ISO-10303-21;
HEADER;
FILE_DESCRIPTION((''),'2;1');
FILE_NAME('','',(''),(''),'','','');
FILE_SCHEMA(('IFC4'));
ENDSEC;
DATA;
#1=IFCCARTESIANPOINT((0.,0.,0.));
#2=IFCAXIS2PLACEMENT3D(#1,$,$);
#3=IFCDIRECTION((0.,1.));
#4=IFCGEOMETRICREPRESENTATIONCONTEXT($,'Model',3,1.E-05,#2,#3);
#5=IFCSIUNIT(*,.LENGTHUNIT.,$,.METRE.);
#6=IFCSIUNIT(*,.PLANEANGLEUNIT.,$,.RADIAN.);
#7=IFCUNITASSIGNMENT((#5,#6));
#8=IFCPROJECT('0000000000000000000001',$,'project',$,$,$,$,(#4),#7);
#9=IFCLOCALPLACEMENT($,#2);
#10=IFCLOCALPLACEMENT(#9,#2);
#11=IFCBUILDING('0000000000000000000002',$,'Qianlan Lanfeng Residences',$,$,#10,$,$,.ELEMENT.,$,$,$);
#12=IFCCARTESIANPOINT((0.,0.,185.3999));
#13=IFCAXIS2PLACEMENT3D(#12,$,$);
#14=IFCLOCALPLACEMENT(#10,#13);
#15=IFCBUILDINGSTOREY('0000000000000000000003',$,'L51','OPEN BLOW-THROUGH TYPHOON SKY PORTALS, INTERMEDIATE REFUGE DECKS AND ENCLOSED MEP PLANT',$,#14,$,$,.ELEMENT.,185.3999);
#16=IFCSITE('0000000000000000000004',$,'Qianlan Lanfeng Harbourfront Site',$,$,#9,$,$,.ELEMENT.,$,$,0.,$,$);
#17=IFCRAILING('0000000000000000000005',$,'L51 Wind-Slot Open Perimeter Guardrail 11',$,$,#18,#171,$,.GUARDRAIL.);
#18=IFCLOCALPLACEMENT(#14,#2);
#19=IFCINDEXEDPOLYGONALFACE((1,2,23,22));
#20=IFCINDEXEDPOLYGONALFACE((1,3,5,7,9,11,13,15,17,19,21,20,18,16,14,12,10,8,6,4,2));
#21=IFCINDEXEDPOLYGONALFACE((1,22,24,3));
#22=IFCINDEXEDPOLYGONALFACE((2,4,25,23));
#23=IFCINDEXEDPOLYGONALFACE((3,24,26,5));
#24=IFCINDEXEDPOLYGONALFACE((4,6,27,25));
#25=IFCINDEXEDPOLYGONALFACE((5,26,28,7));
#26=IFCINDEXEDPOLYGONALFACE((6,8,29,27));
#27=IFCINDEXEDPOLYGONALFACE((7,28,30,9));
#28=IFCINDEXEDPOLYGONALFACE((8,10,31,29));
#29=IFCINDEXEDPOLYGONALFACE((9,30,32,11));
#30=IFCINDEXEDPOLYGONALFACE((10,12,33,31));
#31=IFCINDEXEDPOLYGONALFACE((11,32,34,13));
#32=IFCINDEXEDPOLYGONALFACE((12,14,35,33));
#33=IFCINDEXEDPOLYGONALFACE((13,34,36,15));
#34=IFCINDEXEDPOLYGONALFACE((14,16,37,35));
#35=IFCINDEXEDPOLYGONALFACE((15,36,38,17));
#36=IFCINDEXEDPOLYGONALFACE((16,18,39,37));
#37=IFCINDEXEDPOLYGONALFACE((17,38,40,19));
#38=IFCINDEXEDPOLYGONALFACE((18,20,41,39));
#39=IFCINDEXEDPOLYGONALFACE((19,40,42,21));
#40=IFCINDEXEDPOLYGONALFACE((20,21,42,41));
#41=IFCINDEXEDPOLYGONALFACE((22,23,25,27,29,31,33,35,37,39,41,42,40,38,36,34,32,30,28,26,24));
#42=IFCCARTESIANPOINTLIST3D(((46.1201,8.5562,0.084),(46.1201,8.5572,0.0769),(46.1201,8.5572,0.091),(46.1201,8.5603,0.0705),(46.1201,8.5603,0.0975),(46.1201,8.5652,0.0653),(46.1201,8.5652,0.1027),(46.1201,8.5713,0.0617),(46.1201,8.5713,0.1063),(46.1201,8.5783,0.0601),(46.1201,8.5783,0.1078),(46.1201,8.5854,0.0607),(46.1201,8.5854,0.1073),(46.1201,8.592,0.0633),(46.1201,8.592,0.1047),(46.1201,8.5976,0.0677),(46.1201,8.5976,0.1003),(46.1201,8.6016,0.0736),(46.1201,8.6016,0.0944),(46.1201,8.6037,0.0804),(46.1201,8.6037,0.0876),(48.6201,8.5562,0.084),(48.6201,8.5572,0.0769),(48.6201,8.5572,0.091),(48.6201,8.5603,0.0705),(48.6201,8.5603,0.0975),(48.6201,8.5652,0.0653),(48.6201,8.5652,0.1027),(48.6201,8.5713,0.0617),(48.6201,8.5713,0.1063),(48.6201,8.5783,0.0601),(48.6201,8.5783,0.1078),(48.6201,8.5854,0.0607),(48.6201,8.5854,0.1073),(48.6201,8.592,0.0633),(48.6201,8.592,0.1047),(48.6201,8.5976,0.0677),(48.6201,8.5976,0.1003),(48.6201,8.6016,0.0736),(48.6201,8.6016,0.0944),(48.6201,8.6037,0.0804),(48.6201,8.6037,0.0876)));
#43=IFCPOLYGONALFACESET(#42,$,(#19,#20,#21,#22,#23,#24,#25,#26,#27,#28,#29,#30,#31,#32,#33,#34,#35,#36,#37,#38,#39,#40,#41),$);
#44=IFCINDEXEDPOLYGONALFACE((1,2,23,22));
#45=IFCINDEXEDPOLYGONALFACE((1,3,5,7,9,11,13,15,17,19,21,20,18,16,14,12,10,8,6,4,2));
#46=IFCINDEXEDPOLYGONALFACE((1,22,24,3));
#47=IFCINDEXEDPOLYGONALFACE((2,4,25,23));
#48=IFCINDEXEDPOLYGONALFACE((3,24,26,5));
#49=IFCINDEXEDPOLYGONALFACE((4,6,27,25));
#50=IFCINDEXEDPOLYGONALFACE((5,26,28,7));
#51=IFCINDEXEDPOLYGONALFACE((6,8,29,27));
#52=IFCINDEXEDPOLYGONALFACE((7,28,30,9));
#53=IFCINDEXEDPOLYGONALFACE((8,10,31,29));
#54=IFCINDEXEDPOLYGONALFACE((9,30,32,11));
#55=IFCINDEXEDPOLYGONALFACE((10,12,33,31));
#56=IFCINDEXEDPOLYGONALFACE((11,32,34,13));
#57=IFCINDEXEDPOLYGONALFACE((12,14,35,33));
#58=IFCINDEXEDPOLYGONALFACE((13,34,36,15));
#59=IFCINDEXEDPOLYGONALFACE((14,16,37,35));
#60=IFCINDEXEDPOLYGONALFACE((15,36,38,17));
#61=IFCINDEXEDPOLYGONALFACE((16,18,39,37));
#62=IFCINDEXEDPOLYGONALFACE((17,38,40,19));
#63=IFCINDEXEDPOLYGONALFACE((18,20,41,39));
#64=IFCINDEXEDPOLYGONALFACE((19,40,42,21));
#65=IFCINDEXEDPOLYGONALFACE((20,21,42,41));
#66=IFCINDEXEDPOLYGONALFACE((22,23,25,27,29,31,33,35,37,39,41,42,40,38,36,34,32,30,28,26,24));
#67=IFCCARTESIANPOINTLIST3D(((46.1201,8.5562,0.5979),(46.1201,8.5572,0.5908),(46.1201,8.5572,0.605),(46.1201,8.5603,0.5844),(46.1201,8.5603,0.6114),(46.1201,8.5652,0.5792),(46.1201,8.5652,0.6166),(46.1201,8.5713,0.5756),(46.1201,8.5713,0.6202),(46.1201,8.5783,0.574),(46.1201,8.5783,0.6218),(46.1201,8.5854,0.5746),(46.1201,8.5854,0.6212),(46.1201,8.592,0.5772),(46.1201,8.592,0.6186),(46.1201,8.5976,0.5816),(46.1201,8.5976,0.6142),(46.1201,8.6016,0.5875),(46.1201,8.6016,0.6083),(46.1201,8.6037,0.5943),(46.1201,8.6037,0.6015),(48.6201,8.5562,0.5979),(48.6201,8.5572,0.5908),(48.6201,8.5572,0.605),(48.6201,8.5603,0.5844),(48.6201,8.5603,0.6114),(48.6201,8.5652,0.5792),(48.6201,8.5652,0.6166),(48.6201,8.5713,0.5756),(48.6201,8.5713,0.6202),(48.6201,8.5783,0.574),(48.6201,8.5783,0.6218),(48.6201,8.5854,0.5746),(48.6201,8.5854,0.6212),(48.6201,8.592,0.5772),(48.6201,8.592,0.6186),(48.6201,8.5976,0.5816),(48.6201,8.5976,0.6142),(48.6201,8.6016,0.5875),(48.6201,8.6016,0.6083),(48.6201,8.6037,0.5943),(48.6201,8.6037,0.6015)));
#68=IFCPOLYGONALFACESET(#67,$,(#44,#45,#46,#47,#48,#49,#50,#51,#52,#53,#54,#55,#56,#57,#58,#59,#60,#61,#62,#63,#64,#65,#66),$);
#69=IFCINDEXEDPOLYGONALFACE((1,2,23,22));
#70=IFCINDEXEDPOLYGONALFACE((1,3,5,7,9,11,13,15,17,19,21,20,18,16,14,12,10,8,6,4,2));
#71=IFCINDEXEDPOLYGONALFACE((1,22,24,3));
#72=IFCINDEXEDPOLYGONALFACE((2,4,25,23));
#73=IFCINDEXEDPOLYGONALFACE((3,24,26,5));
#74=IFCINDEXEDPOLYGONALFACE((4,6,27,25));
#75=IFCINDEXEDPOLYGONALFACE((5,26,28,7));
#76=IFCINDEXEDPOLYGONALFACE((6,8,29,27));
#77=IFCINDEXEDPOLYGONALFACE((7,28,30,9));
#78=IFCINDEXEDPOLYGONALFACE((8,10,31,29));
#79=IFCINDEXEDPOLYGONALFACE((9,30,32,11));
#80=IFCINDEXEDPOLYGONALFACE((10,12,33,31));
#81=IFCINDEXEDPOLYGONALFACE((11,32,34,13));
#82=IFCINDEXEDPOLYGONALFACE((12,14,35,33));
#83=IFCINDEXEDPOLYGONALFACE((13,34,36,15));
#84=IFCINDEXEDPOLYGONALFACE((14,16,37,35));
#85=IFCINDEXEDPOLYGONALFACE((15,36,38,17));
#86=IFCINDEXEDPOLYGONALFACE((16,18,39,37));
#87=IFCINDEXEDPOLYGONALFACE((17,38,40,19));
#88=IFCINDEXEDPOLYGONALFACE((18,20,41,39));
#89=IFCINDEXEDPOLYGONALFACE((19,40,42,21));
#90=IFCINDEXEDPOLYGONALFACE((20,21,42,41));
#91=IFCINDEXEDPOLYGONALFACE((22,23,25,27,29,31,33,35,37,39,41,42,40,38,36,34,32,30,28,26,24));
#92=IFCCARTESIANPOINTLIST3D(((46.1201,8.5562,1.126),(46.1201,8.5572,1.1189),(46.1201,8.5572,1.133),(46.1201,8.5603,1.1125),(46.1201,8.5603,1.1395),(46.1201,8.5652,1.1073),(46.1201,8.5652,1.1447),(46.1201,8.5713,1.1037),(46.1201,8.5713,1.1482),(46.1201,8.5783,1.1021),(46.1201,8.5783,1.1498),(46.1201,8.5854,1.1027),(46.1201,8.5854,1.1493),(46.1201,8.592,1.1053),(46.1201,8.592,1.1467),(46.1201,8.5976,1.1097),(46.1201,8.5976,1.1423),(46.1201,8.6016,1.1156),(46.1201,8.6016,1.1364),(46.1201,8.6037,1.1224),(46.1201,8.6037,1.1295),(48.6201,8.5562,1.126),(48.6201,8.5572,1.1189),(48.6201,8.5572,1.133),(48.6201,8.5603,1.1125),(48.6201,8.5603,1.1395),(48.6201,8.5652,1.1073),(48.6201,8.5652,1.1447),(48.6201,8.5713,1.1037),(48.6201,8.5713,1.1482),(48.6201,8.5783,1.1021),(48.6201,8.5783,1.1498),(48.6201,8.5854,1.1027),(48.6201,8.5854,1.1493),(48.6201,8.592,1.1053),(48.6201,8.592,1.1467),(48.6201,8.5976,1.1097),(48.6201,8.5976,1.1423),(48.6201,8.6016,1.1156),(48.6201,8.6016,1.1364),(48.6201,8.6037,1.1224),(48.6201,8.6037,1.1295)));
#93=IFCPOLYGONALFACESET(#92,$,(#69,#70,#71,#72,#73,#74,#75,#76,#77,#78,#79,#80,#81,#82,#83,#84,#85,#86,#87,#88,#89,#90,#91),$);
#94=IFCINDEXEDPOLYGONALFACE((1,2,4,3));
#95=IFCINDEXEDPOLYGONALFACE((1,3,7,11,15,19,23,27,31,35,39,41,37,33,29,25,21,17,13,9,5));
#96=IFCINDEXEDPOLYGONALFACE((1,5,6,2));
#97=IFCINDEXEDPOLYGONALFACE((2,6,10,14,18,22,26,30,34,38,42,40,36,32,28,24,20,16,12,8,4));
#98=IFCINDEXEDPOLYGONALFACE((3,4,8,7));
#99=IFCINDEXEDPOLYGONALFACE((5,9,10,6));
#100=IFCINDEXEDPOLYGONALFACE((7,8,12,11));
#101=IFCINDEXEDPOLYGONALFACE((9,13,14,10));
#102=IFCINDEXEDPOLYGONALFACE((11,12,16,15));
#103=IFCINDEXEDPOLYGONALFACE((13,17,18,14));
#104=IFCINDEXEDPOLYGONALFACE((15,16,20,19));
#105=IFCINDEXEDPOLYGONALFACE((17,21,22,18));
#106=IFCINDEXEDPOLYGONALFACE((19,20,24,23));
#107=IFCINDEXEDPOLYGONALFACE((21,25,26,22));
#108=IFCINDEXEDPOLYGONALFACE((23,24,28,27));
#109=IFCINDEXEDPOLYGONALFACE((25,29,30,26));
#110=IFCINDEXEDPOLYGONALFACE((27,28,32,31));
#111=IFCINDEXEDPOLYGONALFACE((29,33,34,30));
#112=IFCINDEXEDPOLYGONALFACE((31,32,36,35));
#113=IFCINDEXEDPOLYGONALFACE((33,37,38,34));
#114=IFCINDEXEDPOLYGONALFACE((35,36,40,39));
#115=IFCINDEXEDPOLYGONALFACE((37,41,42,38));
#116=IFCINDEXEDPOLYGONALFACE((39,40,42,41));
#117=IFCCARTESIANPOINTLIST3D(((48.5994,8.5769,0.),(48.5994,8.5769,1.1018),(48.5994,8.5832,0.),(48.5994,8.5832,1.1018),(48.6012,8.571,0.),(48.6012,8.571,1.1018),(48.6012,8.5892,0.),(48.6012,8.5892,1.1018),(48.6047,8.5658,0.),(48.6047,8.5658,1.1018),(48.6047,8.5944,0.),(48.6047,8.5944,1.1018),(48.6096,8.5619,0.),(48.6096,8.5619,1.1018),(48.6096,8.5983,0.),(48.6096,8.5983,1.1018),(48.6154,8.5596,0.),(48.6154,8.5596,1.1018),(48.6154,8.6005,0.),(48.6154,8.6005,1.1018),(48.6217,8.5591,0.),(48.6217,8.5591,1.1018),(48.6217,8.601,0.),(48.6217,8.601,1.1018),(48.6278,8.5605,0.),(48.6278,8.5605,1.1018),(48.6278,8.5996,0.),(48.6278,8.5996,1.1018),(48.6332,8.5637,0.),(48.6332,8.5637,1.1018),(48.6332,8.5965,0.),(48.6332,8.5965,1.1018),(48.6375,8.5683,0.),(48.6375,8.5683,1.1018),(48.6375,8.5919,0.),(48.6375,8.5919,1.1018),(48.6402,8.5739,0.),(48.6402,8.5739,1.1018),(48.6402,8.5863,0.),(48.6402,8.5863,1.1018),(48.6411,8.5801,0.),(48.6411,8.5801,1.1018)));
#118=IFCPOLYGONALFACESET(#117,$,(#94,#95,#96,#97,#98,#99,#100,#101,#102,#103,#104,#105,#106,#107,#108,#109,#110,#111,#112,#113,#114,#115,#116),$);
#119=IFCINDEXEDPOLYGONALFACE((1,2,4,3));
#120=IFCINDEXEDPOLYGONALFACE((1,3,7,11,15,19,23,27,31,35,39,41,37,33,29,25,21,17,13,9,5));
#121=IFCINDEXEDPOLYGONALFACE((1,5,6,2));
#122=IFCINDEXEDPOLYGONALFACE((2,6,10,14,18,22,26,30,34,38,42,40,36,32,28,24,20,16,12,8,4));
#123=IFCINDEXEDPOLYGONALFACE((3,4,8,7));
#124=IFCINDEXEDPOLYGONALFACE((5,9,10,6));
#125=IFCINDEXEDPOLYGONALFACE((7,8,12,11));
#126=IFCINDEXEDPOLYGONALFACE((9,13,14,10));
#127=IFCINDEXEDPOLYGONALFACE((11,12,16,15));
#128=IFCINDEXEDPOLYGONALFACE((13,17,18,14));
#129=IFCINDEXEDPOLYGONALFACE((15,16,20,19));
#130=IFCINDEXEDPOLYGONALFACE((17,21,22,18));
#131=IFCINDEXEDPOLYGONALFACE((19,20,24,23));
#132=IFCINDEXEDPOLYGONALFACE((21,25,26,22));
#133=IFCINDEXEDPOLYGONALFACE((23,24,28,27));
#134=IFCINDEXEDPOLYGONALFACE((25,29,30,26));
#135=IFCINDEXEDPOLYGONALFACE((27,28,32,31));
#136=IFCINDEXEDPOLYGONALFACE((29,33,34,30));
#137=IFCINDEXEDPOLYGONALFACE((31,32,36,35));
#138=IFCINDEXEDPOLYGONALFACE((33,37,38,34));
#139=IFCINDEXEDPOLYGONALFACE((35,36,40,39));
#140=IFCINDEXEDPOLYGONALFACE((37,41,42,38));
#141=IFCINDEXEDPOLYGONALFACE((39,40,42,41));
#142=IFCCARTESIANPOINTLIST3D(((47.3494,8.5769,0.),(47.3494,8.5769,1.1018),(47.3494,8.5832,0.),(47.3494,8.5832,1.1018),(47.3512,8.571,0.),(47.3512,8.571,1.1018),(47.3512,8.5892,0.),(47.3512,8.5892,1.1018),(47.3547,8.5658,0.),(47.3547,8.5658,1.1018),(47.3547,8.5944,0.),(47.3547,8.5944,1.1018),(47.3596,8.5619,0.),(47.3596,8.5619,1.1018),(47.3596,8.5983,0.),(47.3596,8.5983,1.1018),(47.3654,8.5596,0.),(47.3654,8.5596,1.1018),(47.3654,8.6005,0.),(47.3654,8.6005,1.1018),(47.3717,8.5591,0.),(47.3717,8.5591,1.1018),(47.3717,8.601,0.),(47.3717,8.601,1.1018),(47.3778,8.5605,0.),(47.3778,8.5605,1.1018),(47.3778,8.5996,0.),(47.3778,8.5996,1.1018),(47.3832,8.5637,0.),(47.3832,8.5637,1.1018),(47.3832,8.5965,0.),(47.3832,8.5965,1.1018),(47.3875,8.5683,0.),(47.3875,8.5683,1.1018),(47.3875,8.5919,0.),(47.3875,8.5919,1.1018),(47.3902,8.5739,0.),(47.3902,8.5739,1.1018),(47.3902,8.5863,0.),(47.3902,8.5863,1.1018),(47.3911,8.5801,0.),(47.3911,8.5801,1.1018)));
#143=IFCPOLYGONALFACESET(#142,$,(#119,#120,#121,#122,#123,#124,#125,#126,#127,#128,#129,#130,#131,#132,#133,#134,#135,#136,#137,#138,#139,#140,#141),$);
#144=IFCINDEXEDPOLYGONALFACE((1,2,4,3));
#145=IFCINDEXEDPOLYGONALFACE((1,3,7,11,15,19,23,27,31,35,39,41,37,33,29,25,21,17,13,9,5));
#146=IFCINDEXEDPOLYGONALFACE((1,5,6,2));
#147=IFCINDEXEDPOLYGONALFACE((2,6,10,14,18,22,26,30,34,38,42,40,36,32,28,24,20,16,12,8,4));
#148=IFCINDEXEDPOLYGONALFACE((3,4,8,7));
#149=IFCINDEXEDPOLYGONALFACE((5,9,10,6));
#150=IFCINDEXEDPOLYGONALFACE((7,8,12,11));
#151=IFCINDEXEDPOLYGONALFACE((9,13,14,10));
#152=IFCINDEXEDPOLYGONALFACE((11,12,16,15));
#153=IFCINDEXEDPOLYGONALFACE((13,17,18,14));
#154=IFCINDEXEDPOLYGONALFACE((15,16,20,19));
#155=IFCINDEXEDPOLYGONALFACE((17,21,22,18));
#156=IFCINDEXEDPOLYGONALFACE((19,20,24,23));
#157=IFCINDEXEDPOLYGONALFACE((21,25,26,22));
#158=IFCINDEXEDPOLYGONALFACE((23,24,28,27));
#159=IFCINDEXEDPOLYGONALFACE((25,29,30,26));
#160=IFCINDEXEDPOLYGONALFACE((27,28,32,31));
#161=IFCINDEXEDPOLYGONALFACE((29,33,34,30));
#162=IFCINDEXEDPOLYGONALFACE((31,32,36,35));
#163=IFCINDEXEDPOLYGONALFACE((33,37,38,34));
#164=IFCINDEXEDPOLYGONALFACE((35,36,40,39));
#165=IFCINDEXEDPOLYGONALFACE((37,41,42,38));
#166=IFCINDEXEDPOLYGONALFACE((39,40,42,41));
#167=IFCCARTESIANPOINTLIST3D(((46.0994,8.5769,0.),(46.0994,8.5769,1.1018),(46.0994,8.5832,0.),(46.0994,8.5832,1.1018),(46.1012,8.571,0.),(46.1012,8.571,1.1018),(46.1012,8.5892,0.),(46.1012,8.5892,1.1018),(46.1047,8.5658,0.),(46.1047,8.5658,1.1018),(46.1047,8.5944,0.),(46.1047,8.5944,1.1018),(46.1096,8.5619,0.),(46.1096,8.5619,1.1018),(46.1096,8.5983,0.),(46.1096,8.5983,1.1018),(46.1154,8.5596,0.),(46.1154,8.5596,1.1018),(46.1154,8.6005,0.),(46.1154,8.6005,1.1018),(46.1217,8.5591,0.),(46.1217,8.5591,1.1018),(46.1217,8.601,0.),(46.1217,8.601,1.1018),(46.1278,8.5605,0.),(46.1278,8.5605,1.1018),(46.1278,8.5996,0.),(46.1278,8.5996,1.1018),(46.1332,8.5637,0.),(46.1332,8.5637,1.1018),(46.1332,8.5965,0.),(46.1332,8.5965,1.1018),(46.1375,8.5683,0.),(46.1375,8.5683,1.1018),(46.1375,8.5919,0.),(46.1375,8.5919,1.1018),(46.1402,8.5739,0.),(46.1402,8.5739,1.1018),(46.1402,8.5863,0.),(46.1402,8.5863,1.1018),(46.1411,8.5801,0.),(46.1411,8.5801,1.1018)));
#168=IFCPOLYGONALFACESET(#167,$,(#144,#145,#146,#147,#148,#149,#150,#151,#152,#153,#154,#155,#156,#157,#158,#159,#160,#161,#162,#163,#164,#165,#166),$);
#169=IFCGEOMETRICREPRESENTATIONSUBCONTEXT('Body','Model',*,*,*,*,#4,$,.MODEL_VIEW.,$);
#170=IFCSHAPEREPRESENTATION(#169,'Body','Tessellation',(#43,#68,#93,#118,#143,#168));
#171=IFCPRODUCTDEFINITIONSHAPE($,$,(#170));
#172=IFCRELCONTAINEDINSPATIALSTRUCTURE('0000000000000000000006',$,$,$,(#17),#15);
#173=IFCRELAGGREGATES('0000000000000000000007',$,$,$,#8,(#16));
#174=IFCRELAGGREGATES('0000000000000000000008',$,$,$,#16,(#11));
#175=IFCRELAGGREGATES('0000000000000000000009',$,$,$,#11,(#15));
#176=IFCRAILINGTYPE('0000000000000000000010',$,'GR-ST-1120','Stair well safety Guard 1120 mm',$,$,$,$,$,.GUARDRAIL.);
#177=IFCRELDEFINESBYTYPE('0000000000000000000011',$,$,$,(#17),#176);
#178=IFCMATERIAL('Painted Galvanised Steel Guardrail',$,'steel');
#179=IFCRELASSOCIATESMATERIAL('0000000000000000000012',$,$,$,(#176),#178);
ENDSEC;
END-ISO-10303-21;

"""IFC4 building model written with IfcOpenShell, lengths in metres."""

from ifc_helpers import new_model, si_unit, direction, frame, origin, origin_2d, place, context, subcontext, project, spatial, circle, extrude, material, type_object, element, save


model = new_model("IFC4")

# Units and contexts
model_context = context("Model", 3, precision=1e-05, world=origin(), true_north=direction((0.0, 1.0)))
body_context = subcontext(model_context, "Body", "Model", "MODEL_VIEW")
ifc_project = project(units=[si_unit("LENGTHUNIT", "METRE"), si_unit("PLANEANGLEUNIT", "RADIAN")], contexts=[model_context])

# Site, building, storey
site_placement = place(None, origin())
site = spatial("IfcSite", under=ifc_project, at=site_placement, Name="Qianlan Lanfeng Harbourfront Site", CompositionType="ELEMENT", RefElevation=0.0)
building_placement = place(site_placement, origin())
building = spatial("IfcBuilding", under=site, at=building_placement, Name="Qianlan Lanfeng Residences", CompositionType="ELEMENT")
storey_placement = place(building_placement, frame((0.0, 0.0, 185.3999)))
storey = spatial("IfcBuildingStorey", under=building, at=storey_placement, Name="L51", Description="OPEN BLOW-THROUGH TYPHOON SKY PORTALS, INTERMEDIATE REFUGE DECKS AND ENCLOSED MEP PLANT", CompositionType="ELEMENT", Elevation=185.3999)

# Railing
ifc_material_1 = material(Name="Painted Galvanised Steel Guardrail", Category="steel")
railing_type = type_object("IfcRailingType", Name="GR-ST-1120", Description="Stair well safety Guard 1120 mm", PredefinedType="GUARDRAIL", material=ifc_material_1)
railing_1_placement = place(storey_placement, frame((48.6201, 8.5801, 0.0)))
element("IfcRailing", 1, at=railing_1_placement, inside=storey, type_object=railing_type, Name="L51 Wind-Slot Open Perimeter Guardrail 11", PredefinedType="GUARDRAIL", context=body_context, shape_type="SweptSolid", body=[
    extrude(circle(Radius=0.0239, at=origin_2d()), frame((0.0, 0.0, 0.084), z_axis=(-1.0, 0.0, 0.0), x_axis=(0.0, -1.0, 0.0)), (0.0, 0.0, 1.0), 2.5),
    extrude(circle(Radius=0.0239, at=origin_2d()), frame((0.0, 0.0, 0.5979), z_axis=(-1.0, 0.0, 0.0), x_axis=(0.0, -1.0, 0.0)), (0.0, 0.0, 1.0), 2.5),
    extrude(circle(Radius=0.0239, at=origin_2d()), frame((0.0, 0.0, 1.126), z_axis=(-1.0, 0.0, 0.0), x_axis=(0.0, -1.0, 0.0)), (0.0, 0.0, 1.0), 2.5),
    extrude(circle(Radius=0.021, at=origin_2d()), origin(), (0.0, 0.0, 1.0), 1.1018),
    extrude(circle(Radius=0.021, at=origin_2d()), frame((-1.25, 0.0, 0.0)), (0.0, 0.0, 1.0), 1.1018),
    extrude(circle(Radius=0.021, at=origin_2d()), frame((-2.5, 0.0, 0.0)), (0.0, 0.0, 1.0), 1.1018),
])

save(model, "model.ifc")
